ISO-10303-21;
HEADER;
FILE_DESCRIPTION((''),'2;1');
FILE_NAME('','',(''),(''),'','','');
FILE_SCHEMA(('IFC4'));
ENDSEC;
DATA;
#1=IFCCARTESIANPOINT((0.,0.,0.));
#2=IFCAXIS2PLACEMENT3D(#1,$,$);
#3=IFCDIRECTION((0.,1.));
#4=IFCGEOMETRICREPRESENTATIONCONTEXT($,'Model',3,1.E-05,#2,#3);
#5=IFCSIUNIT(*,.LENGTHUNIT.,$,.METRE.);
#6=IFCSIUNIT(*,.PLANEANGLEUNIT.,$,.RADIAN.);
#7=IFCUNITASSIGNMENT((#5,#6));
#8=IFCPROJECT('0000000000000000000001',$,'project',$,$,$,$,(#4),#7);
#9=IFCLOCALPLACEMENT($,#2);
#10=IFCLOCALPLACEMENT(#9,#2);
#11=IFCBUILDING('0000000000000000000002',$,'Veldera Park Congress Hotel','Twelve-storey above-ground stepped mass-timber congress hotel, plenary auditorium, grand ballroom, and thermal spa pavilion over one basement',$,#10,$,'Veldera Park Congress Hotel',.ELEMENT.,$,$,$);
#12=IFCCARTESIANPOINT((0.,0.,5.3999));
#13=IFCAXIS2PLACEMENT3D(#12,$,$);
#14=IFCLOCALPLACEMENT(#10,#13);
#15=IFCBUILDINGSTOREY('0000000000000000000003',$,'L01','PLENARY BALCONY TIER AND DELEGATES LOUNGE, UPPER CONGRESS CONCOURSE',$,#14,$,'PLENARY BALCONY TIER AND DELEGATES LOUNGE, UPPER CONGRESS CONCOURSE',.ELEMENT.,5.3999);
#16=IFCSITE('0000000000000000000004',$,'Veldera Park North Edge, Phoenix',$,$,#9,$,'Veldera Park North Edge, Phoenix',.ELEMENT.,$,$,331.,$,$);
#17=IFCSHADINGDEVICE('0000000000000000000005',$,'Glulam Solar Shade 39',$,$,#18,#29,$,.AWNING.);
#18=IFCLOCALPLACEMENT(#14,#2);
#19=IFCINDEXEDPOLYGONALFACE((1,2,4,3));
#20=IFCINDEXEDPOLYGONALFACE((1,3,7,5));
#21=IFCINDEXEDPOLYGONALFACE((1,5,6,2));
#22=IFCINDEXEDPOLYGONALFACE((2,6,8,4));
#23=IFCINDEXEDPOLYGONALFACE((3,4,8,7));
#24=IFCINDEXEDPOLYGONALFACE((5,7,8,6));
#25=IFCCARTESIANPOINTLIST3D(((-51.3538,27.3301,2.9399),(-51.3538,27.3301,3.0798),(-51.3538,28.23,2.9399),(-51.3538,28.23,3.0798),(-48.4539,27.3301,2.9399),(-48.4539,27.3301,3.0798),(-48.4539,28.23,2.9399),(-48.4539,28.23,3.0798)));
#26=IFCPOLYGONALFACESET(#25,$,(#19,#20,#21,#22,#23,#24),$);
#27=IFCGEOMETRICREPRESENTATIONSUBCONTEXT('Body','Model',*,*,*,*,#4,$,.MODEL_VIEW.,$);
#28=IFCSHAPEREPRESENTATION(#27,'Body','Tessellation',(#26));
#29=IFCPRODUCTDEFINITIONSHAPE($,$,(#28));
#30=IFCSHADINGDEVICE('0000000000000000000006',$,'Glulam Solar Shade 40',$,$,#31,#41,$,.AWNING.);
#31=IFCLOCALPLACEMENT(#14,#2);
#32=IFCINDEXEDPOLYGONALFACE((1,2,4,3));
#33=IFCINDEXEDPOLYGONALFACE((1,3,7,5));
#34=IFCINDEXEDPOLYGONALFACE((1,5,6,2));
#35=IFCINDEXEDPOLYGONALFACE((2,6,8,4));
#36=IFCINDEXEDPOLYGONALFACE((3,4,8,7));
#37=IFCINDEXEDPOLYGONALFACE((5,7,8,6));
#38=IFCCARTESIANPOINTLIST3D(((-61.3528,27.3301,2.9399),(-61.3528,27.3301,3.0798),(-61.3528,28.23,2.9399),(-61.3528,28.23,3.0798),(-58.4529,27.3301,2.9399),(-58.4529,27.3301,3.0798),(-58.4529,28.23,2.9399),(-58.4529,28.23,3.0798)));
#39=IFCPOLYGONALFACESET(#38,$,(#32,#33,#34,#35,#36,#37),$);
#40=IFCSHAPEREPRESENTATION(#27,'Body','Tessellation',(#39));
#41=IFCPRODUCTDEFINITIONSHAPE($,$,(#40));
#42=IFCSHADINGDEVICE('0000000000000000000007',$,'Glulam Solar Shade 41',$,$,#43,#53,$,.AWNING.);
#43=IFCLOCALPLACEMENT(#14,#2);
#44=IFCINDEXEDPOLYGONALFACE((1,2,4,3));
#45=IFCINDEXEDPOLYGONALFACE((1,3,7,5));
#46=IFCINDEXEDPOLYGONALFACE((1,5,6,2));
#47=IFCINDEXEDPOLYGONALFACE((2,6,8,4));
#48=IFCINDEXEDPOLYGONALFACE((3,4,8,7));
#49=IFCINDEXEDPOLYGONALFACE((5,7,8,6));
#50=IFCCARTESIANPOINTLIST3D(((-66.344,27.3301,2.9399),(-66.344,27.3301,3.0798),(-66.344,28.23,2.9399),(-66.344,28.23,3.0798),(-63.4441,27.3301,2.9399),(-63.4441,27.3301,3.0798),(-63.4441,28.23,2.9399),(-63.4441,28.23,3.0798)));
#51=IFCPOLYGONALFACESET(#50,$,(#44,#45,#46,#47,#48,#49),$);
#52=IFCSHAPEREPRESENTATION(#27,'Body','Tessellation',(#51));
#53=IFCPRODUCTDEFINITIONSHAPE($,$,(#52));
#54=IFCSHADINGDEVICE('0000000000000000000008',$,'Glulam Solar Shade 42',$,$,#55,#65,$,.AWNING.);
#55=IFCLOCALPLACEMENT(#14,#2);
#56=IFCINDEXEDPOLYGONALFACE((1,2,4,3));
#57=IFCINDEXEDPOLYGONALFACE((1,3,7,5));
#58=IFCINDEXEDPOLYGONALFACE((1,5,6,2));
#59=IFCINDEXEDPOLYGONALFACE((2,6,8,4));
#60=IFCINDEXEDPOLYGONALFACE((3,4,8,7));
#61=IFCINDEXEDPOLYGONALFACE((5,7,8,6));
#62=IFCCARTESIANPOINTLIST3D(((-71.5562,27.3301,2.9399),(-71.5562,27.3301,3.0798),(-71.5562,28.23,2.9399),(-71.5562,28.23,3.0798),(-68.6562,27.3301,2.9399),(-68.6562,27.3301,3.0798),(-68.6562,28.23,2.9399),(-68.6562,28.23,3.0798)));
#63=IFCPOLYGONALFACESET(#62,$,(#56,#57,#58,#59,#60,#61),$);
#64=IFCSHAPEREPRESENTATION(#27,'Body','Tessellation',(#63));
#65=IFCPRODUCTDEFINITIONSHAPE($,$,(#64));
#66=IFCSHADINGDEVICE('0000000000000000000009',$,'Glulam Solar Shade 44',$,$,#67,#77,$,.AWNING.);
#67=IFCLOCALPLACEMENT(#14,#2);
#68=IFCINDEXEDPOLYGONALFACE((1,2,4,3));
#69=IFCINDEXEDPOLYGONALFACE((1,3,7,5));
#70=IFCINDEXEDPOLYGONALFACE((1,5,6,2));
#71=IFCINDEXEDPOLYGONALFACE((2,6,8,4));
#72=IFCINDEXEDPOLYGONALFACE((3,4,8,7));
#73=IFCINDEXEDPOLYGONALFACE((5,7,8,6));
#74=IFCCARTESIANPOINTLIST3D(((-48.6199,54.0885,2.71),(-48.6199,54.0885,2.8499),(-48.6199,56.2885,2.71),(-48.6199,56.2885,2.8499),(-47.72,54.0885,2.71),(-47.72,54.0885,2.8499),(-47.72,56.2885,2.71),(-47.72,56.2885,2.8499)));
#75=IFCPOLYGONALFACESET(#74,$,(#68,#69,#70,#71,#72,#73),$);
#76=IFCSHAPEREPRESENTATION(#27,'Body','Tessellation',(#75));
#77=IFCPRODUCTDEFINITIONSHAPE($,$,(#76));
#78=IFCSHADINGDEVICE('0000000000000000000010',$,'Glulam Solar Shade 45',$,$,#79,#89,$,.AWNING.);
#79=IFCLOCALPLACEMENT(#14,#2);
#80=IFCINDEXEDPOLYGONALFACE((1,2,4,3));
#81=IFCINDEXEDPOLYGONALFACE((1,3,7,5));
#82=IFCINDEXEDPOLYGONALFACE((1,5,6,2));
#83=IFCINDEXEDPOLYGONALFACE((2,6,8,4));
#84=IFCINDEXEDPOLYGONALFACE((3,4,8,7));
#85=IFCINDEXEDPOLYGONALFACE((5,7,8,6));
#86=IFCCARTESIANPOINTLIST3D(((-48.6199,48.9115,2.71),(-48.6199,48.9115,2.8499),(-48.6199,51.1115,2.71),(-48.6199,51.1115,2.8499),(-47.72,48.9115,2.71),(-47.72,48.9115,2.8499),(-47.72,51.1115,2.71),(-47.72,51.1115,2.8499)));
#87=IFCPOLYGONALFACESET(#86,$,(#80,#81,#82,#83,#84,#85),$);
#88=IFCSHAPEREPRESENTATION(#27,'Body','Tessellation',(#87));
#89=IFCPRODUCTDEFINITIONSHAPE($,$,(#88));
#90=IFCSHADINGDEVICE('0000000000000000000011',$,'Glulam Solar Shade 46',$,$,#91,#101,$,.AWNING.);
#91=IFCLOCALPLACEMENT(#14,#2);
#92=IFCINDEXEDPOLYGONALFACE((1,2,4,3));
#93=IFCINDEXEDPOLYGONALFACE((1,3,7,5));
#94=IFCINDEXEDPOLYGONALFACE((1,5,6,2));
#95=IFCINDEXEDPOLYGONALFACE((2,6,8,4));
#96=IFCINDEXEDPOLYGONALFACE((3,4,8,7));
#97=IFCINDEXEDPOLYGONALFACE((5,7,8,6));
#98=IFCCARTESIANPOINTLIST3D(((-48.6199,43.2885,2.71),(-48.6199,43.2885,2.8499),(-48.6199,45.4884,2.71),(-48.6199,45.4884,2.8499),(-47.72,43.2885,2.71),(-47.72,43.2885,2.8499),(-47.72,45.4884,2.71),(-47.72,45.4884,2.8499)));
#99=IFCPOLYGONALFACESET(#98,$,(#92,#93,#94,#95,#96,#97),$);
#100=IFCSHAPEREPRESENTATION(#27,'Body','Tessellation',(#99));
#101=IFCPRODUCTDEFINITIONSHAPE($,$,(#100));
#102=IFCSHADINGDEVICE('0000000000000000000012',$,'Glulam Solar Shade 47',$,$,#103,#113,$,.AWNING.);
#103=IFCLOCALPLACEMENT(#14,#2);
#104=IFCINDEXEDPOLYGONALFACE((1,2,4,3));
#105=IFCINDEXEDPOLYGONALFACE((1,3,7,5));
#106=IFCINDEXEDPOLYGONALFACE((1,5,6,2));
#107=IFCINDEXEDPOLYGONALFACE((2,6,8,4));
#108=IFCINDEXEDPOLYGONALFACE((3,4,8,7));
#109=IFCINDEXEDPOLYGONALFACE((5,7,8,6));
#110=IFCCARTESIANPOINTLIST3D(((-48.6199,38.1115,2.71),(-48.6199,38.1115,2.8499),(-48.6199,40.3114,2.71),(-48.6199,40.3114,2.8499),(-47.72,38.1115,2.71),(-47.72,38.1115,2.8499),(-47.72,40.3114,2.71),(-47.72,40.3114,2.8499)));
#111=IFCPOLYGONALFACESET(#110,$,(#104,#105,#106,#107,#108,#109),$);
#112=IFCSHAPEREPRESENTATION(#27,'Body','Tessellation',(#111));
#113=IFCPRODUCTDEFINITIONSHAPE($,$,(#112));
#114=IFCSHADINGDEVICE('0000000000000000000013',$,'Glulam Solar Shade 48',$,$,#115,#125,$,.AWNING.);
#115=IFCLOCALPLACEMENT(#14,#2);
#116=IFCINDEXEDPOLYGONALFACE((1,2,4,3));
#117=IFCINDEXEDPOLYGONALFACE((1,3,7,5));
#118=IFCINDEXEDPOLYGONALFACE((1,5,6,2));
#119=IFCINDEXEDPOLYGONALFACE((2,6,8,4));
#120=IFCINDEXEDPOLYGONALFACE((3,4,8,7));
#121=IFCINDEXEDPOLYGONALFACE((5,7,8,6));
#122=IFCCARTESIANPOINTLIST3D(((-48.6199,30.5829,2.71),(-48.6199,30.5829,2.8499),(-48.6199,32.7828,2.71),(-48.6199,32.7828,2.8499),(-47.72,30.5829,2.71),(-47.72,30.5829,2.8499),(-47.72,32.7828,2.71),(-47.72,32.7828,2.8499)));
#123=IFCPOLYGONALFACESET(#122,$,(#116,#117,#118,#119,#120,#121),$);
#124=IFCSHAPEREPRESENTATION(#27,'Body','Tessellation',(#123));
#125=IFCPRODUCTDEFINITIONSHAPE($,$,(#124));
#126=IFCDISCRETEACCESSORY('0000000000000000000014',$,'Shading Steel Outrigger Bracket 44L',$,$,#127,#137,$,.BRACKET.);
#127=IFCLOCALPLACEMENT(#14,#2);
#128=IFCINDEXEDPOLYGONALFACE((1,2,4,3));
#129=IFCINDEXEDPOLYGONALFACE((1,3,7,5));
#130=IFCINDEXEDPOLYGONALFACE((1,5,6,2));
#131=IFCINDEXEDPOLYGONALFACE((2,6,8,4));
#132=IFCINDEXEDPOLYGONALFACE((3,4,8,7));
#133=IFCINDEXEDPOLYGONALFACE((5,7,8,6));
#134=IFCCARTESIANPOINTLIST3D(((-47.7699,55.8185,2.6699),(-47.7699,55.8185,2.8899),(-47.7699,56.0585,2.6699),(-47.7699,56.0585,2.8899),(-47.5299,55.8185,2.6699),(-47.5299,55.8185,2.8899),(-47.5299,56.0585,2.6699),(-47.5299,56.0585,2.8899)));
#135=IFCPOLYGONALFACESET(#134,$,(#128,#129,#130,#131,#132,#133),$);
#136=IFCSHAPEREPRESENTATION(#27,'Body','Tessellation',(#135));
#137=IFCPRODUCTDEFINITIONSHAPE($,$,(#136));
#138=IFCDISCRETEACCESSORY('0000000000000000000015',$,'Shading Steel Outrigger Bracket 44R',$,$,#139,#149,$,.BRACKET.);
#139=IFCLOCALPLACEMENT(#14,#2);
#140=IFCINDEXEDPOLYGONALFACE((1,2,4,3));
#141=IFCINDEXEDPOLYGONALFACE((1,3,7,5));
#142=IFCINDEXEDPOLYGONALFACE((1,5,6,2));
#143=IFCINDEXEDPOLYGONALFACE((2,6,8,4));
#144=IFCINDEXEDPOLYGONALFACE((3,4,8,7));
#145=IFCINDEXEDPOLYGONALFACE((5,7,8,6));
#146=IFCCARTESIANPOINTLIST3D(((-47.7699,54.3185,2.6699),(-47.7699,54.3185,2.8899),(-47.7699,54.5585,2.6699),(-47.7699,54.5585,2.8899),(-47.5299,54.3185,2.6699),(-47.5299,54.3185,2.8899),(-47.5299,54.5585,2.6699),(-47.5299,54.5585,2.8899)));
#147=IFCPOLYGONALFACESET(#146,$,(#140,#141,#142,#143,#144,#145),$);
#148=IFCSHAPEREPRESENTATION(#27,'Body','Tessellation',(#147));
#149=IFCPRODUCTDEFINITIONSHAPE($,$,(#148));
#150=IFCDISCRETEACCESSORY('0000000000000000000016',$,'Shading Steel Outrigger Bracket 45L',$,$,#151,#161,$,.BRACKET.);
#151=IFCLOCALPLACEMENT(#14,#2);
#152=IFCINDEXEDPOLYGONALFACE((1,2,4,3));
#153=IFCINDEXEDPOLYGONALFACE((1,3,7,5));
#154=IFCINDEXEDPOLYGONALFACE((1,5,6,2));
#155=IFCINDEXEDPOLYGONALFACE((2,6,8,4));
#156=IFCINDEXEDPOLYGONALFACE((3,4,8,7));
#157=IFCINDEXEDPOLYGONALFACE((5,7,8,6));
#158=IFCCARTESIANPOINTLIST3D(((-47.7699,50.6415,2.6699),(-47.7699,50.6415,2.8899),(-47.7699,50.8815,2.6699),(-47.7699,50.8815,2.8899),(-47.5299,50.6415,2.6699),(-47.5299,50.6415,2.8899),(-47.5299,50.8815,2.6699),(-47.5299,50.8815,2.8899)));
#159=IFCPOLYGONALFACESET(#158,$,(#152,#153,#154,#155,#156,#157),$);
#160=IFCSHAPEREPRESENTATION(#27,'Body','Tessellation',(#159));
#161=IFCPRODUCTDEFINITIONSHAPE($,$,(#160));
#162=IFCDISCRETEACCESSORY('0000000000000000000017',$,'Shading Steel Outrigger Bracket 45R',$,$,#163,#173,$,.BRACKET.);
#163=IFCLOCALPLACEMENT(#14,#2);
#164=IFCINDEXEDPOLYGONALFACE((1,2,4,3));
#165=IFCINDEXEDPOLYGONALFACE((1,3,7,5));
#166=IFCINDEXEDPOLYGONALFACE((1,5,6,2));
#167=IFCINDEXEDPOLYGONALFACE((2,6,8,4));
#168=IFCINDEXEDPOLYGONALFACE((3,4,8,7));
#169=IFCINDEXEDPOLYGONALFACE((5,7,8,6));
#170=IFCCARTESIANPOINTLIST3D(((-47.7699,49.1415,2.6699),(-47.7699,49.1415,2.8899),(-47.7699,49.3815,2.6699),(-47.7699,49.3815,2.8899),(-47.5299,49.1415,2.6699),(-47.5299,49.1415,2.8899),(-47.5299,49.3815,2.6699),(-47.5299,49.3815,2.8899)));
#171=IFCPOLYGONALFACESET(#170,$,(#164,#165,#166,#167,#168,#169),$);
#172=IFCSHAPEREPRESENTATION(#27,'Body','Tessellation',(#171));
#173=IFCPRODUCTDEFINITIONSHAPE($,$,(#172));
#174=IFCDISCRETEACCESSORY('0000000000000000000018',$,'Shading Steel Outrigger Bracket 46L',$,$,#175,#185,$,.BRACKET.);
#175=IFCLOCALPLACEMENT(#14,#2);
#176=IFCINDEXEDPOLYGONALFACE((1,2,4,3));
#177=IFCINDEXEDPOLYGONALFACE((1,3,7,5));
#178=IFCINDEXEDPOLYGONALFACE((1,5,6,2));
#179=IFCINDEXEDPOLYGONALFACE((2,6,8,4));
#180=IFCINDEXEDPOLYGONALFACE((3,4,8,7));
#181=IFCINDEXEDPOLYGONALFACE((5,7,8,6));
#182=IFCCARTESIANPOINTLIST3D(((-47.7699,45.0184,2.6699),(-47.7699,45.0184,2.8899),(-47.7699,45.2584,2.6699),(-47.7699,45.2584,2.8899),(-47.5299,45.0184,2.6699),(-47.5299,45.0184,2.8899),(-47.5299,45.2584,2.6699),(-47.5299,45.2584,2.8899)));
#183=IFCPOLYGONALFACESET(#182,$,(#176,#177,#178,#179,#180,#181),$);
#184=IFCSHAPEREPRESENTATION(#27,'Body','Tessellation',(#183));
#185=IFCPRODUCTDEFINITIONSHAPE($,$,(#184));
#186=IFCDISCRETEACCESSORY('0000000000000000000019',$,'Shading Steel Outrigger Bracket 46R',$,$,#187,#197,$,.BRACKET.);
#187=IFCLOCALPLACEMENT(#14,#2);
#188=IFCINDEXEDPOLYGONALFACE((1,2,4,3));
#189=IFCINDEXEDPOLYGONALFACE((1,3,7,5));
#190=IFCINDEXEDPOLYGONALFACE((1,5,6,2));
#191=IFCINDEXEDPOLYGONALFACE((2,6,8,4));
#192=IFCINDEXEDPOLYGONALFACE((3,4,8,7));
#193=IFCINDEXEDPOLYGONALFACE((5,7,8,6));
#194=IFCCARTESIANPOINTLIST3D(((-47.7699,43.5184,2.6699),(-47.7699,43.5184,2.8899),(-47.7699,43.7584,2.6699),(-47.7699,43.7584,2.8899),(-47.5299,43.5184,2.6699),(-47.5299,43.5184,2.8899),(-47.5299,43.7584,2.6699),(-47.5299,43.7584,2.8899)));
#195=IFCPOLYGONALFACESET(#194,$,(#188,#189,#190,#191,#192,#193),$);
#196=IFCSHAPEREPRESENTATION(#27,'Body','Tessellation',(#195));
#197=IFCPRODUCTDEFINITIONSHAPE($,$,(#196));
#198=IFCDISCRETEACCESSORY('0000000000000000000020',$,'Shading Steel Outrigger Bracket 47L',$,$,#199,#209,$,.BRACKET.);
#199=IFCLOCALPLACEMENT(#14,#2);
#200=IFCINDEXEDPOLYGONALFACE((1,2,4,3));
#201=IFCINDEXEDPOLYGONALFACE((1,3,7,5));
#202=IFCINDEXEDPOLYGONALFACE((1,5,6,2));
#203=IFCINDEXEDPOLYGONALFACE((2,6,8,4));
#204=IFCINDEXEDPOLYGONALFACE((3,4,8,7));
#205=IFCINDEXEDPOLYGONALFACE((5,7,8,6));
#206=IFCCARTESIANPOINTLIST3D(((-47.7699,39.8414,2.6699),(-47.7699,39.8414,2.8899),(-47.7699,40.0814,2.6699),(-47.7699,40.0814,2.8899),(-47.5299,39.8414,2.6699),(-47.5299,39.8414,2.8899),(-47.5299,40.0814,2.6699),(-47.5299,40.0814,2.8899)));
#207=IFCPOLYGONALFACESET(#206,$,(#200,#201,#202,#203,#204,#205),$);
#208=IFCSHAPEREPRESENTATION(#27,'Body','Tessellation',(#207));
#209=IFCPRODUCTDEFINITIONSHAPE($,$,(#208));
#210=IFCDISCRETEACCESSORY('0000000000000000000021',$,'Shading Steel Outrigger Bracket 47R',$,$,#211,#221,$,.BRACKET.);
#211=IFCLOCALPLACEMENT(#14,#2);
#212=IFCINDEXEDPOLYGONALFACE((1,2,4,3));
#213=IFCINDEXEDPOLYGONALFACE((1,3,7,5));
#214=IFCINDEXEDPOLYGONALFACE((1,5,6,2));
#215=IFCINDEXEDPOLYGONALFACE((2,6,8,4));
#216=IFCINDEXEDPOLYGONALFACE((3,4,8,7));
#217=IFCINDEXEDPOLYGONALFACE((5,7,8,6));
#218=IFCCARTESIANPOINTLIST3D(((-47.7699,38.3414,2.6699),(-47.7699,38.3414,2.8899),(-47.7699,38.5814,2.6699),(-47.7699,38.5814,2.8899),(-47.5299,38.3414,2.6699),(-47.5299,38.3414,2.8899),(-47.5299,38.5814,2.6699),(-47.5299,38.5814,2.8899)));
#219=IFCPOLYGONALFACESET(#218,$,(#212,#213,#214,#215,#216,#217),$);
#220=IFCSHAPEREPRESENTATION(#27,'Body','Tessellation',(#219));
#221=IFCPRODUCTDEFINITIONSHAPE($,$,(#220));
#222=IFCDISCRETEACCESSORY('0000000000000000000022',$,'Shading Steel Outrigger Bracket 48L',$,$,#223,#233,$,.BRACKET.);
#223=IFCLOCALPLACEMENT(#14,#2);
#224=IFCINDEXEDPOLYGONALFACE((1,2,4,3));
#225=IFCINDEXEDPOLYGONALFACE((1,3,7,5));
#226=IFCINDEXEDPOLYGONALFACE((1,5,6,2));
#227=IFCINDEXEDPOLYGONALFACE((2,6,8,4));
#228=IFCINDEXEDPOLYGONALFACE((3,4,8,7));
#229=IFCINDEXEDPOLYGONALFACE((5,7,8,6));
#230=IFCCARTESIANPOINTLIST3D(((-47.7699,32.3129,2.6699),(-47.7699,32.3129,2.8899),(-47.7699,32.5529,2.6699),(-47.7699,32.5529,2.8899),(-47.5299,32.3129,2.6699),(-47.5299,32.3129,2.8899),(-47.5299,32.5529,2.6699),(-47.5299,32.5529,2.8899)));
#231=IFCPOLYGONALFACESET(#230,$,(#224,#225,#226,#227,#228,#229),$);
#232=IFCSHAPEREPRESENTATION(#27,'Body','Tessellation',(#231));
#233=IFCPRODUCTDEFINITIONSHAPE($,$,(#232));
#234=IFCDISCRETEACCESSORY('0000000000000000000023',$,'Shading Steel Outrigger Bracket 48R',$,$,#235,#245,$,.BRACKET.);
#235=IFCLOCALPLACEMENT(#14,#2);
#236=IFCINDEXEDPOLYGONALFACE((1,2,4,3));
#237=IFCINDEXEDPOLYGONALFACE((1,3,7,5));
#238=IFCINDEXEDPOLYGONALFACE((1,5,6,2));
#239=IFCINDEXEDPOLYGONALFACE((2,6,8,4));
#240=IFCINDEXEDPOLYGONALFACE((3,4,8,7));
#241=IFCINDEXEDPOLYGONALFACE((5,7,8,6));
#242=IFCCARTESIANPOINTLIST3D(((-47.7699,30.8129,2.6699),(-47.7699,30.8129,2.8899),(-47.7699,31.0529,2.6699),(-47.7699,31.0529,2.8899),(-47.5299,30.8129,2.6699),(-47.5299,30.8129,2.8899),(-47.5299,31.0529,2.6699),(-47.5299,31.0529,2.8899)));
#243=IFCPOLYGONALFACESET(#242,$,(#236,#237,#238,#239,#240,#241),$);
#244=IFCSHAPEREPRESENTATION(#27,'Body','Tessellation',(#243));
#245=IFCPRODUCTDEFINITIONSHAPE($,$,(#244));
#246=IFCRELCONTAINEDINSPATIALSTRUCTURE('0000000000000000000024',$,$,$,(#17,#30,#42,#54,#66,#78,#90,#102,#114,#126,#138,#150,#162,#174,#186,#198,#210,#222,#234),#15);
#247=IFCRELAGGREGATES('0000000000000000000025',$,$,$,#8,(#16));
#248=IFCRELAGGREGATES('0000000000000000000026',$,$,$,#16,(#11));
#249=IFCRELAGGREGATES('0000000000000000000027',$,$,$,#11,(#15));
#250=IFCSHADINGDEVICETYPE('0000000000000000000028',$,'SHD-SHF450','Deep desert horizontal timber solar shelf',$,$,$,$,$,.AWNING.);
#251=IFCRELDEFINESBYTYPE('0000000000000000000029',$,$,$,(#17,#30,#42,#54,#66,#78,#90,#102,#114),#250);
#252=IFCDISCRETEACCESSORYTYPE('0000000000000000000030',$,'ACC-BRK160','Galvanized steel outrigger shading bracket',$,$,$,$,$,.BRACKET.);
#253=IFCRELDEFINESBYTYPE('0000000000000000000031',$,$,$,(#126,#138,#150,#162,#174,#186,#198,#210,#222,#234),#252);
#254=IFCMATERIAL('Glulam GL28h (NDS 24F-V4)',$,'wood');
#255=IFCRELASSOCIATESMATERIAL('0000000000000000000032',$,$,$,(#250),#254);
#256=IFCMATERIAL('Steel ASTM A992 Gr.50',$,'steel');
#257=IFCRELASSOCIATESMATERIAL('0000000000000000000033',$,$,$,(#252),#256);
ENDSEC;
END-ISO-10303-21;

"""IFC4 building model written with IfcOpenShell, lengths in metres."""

from ifc_helpers import new_model, si_unit, direction, frame, origin, origin_2d, place, context, subcontext, project, spatial, rectangle, extrude, material, type_object, element, save


model = new_model("IFC4")

# Units and contexts
model_context = context("Model", 3, precision=1e-05, world=origin(), true_north=direction((0.0, 1.0)))
body_context = subcontext(model_context, "Body", "Model", "MODEL_VIEW")
ifc_project = project(units=[si_unit("LENGTHUNIT", "METRE"), si_unit("PLANEANGLEUNIT", "RADIAN")], contexts=[model_context])

# Site, building, storey
site_placement = place(None, origin())
site = spatial("IfcSite", under=ifc_project, at=site_placement, Name="Veldera Park North Edge, Phoenix", LongName="Veldera Park North Edge, Phoenix", CompositionType="ELEMENT", RefElevation=331.0)
building_placement = place(site_placement, origin())
building = spatial("IfcBuilding", under=site, at=building_placement, Name="Veldera Park Congress Hotel", Description="Twelve-storey above-ground stepped mass-timber congress hotel, plenary auditorium, grand ballroom, and thermal spa pavilion over one basement", LongName="Veldera Park Congress Hotel", CompositionType="ELEMENT")
storey_placement = place(building_placement, frame((0.0, 0.0, 5.3999)))
storey = spatial("IfcBuildingStorey", under=building, at=storey_placement, Name="L01", Description="PLENARY BALCONY TIER AND DELEGATES LOUNGE, UPPER CONGRESS CONCOURSE", LongName="PLENARY BALCONY TIER AND DELEGATES LOUNGE, UPPER CONGRESS CONCOURSE", CompositionType="ELEMENT", Elevation=5.3999)

# Shading devices
ifc_material_1 = material(Name="Glulam GL28h (NDS 24F-V4)", Category="wood")
shading_device_type = type_object("IfcShadingDeviceType", Name="SHD-SHF450", Description="Deep desert horizontal timber solar shelf", PredefinedType="AWNING", material=ifc_material_1)
for number, where, z_axis, x_axis, name in (
    (1, (-49.9038, 27.78, 2.9399), (0.0, 0.0, 1.0), (-1.0, 0.0, 0.0), "Glulam Solar Shade 39"),
    (2, (-59.9028, 27.78, 2.9399), (0.0, 0.0, 1.0), (-1.0, 0.0, 0.0), "Glulam Solar Shade 40"),
    (3, (-64.894, 27.78, 2.9399), (0.0, 0.0, 1.0), (-1.0, 0.0, 0.0), "Glulam Solar Shade 41"),
    (4, (-70.1062, 27.78, 2.9399), (0.0, 0.0, 1.0), (-1.0, 0.0, 0.0), "Glulam Solar Shade 42"),
):
    element("IfcShadingDevice", number, at=place(storey_placement, frame(where, z_axis=z_axis, x_axis=x_axis)), inside=storey, type_object=shading_device_type, Name=name, PredefinedType="AWNING", context=body_context, shape_type="SweptSolid", body=[
        extrude(rectangle(XDim=2.8999, YDim=0.8999, at=origin_2d()), origin(), (0.0, 0.0, 1.0), 0.1399),
    ])
for number, where, z_axis, x_axis, name in (
    (5, (-48.1699, 55.1885, 2.71), (0.0, 0.0, 1.0), (0.0, -1.0, 0.0), "Glulam Solar Shade 44"),
    (6, (-48.1699, 50.0115, 2.71), (0.0, 0.0, 1.0), (0.0, -1.0, 0.0), "Glulam Solar Shade 45"),
    (7, (-48.1699, 44.3884, 2.71), (0.0, 0.0, 1.0), (0.0, -1.0, 0.0), "Glulam Solar Shade 46"),
    (8, (-48.1699, 39.2114, 2.71), (0.0, 0.0, 1.0), (0.0, -1.0, 0.0), "Glulam Solar Shade 47"),
    (9, (-48.1699, 31.6829, 2.71), (0.0, 0.0, 1.0), (0.0, -1.0, 0.0), "Glulam Solar Shade 48"),
):
    element("IfcShadingDevice", number, at=place(storey_placement, frame(where, z_axis=z_axis, x_axis=x_axis)), inside=storey, type_object=shading_device_type, Name=name, PredefinedType="AWNING", context=body_context, shape_type="SweptSolid", body=[
        extrude(rectangle(XDim=2.2, YDim=0.8999, at=origin_2d()), origin(), (0.0, 0.0, 1.0), 0.1399),
    ])

# Discrete accessories
ifc_material_2 = material(Name="Steel ASTM A992 Gr.50", Category="steel")
discrete_accessory_type = type_object("IfcDiscreteAccessoryType", Name="ACC-BRK160", Description="Galvanized steel outrigger shading bracket", PredefinedType="BRACKET", material=ifc_material_2)
for number, where, z_axis, x_axis, name in (
    (10, (-47.6499, 55.9385, 2.6699), (0.0, 0.0, 1.0), (0.0, -1.0, 0.0), "Shading Steel Outrigger Bracket 44L"),
    (11, (-47.6499, 54.4385, 2.6699), (0.0, 0.0, 1.0), (0.0, -1.0, 0.0), "Shading Steel Outrigger Bracket 44R"),
    (12, (-47.6499, 50.7615, 2.6699), (0.0, 0.0, 1.0), (0.0, -1.0, 0.0), "Shading Steel Outrigger Bracket 45L"),
    (13, (-47.6499, 49.2615, 2.6699), (0.0, 0.0, 1.0), (0.0, -1.0, 0.0), "Shading Steel Outrigger Bracket 45R"),
    (14, (-47.6499, 45.1384, 2.6699), (0.0, 0.0, 1.0), (0.0, -1.0, 0.0), "Shading Steel Outrigger Bracket 46L"),
    (15, (-47.6499, 43.6384, 2.6699), (0.0, 0.0, 1.0), (0.0, -1.0, 0.0), "Shading Steel Outrigger Bracket 46R"),
    (16, (-47.6499, 39.9614, 2.6699), (0.0, 0.0, 1.0), (0.0, -1.0, 0.0), "Shading Steel Outrigger Bracket 47L"),
    (17, (-47.6499, 38.4614, 2.6699), (0.0, 0.0, 1.0), (0.0, -1.0, 0.0), "Shading Steel Outrigger Bracket 47R"),
    (18, (-47.6499, 32.4329, 2.6699), (0.0, 0.0, 1.0), (0.0, -1.0, 0.0), "Shading Steel Outrigger Bracket 48L"),
    (19, (-47.6499, 30.9329, 2.6699), (0.0, 0.0, 1.0), (0.0, -1.0, 0.0), "Shading Steel Outrigger Bracket 48R"),
):
    element("IfcDiscreteAccessory", number, at=place(storey_placement, frame(where, z_axis=z_axis, x_axis=x_axis)), inside=storey, type_object=discrete_accessory_type, Name=name, PredefinedType="BRACKET", context=body_context, shape_type="SweptSolid", body=[
        extrude(rectangle(XDim=0.24, YDim=0.24, at=origin_2d()), origin(), (0.0, 0.0, 1.0), 0.22),
    ])

save(model, "model.ifc")
